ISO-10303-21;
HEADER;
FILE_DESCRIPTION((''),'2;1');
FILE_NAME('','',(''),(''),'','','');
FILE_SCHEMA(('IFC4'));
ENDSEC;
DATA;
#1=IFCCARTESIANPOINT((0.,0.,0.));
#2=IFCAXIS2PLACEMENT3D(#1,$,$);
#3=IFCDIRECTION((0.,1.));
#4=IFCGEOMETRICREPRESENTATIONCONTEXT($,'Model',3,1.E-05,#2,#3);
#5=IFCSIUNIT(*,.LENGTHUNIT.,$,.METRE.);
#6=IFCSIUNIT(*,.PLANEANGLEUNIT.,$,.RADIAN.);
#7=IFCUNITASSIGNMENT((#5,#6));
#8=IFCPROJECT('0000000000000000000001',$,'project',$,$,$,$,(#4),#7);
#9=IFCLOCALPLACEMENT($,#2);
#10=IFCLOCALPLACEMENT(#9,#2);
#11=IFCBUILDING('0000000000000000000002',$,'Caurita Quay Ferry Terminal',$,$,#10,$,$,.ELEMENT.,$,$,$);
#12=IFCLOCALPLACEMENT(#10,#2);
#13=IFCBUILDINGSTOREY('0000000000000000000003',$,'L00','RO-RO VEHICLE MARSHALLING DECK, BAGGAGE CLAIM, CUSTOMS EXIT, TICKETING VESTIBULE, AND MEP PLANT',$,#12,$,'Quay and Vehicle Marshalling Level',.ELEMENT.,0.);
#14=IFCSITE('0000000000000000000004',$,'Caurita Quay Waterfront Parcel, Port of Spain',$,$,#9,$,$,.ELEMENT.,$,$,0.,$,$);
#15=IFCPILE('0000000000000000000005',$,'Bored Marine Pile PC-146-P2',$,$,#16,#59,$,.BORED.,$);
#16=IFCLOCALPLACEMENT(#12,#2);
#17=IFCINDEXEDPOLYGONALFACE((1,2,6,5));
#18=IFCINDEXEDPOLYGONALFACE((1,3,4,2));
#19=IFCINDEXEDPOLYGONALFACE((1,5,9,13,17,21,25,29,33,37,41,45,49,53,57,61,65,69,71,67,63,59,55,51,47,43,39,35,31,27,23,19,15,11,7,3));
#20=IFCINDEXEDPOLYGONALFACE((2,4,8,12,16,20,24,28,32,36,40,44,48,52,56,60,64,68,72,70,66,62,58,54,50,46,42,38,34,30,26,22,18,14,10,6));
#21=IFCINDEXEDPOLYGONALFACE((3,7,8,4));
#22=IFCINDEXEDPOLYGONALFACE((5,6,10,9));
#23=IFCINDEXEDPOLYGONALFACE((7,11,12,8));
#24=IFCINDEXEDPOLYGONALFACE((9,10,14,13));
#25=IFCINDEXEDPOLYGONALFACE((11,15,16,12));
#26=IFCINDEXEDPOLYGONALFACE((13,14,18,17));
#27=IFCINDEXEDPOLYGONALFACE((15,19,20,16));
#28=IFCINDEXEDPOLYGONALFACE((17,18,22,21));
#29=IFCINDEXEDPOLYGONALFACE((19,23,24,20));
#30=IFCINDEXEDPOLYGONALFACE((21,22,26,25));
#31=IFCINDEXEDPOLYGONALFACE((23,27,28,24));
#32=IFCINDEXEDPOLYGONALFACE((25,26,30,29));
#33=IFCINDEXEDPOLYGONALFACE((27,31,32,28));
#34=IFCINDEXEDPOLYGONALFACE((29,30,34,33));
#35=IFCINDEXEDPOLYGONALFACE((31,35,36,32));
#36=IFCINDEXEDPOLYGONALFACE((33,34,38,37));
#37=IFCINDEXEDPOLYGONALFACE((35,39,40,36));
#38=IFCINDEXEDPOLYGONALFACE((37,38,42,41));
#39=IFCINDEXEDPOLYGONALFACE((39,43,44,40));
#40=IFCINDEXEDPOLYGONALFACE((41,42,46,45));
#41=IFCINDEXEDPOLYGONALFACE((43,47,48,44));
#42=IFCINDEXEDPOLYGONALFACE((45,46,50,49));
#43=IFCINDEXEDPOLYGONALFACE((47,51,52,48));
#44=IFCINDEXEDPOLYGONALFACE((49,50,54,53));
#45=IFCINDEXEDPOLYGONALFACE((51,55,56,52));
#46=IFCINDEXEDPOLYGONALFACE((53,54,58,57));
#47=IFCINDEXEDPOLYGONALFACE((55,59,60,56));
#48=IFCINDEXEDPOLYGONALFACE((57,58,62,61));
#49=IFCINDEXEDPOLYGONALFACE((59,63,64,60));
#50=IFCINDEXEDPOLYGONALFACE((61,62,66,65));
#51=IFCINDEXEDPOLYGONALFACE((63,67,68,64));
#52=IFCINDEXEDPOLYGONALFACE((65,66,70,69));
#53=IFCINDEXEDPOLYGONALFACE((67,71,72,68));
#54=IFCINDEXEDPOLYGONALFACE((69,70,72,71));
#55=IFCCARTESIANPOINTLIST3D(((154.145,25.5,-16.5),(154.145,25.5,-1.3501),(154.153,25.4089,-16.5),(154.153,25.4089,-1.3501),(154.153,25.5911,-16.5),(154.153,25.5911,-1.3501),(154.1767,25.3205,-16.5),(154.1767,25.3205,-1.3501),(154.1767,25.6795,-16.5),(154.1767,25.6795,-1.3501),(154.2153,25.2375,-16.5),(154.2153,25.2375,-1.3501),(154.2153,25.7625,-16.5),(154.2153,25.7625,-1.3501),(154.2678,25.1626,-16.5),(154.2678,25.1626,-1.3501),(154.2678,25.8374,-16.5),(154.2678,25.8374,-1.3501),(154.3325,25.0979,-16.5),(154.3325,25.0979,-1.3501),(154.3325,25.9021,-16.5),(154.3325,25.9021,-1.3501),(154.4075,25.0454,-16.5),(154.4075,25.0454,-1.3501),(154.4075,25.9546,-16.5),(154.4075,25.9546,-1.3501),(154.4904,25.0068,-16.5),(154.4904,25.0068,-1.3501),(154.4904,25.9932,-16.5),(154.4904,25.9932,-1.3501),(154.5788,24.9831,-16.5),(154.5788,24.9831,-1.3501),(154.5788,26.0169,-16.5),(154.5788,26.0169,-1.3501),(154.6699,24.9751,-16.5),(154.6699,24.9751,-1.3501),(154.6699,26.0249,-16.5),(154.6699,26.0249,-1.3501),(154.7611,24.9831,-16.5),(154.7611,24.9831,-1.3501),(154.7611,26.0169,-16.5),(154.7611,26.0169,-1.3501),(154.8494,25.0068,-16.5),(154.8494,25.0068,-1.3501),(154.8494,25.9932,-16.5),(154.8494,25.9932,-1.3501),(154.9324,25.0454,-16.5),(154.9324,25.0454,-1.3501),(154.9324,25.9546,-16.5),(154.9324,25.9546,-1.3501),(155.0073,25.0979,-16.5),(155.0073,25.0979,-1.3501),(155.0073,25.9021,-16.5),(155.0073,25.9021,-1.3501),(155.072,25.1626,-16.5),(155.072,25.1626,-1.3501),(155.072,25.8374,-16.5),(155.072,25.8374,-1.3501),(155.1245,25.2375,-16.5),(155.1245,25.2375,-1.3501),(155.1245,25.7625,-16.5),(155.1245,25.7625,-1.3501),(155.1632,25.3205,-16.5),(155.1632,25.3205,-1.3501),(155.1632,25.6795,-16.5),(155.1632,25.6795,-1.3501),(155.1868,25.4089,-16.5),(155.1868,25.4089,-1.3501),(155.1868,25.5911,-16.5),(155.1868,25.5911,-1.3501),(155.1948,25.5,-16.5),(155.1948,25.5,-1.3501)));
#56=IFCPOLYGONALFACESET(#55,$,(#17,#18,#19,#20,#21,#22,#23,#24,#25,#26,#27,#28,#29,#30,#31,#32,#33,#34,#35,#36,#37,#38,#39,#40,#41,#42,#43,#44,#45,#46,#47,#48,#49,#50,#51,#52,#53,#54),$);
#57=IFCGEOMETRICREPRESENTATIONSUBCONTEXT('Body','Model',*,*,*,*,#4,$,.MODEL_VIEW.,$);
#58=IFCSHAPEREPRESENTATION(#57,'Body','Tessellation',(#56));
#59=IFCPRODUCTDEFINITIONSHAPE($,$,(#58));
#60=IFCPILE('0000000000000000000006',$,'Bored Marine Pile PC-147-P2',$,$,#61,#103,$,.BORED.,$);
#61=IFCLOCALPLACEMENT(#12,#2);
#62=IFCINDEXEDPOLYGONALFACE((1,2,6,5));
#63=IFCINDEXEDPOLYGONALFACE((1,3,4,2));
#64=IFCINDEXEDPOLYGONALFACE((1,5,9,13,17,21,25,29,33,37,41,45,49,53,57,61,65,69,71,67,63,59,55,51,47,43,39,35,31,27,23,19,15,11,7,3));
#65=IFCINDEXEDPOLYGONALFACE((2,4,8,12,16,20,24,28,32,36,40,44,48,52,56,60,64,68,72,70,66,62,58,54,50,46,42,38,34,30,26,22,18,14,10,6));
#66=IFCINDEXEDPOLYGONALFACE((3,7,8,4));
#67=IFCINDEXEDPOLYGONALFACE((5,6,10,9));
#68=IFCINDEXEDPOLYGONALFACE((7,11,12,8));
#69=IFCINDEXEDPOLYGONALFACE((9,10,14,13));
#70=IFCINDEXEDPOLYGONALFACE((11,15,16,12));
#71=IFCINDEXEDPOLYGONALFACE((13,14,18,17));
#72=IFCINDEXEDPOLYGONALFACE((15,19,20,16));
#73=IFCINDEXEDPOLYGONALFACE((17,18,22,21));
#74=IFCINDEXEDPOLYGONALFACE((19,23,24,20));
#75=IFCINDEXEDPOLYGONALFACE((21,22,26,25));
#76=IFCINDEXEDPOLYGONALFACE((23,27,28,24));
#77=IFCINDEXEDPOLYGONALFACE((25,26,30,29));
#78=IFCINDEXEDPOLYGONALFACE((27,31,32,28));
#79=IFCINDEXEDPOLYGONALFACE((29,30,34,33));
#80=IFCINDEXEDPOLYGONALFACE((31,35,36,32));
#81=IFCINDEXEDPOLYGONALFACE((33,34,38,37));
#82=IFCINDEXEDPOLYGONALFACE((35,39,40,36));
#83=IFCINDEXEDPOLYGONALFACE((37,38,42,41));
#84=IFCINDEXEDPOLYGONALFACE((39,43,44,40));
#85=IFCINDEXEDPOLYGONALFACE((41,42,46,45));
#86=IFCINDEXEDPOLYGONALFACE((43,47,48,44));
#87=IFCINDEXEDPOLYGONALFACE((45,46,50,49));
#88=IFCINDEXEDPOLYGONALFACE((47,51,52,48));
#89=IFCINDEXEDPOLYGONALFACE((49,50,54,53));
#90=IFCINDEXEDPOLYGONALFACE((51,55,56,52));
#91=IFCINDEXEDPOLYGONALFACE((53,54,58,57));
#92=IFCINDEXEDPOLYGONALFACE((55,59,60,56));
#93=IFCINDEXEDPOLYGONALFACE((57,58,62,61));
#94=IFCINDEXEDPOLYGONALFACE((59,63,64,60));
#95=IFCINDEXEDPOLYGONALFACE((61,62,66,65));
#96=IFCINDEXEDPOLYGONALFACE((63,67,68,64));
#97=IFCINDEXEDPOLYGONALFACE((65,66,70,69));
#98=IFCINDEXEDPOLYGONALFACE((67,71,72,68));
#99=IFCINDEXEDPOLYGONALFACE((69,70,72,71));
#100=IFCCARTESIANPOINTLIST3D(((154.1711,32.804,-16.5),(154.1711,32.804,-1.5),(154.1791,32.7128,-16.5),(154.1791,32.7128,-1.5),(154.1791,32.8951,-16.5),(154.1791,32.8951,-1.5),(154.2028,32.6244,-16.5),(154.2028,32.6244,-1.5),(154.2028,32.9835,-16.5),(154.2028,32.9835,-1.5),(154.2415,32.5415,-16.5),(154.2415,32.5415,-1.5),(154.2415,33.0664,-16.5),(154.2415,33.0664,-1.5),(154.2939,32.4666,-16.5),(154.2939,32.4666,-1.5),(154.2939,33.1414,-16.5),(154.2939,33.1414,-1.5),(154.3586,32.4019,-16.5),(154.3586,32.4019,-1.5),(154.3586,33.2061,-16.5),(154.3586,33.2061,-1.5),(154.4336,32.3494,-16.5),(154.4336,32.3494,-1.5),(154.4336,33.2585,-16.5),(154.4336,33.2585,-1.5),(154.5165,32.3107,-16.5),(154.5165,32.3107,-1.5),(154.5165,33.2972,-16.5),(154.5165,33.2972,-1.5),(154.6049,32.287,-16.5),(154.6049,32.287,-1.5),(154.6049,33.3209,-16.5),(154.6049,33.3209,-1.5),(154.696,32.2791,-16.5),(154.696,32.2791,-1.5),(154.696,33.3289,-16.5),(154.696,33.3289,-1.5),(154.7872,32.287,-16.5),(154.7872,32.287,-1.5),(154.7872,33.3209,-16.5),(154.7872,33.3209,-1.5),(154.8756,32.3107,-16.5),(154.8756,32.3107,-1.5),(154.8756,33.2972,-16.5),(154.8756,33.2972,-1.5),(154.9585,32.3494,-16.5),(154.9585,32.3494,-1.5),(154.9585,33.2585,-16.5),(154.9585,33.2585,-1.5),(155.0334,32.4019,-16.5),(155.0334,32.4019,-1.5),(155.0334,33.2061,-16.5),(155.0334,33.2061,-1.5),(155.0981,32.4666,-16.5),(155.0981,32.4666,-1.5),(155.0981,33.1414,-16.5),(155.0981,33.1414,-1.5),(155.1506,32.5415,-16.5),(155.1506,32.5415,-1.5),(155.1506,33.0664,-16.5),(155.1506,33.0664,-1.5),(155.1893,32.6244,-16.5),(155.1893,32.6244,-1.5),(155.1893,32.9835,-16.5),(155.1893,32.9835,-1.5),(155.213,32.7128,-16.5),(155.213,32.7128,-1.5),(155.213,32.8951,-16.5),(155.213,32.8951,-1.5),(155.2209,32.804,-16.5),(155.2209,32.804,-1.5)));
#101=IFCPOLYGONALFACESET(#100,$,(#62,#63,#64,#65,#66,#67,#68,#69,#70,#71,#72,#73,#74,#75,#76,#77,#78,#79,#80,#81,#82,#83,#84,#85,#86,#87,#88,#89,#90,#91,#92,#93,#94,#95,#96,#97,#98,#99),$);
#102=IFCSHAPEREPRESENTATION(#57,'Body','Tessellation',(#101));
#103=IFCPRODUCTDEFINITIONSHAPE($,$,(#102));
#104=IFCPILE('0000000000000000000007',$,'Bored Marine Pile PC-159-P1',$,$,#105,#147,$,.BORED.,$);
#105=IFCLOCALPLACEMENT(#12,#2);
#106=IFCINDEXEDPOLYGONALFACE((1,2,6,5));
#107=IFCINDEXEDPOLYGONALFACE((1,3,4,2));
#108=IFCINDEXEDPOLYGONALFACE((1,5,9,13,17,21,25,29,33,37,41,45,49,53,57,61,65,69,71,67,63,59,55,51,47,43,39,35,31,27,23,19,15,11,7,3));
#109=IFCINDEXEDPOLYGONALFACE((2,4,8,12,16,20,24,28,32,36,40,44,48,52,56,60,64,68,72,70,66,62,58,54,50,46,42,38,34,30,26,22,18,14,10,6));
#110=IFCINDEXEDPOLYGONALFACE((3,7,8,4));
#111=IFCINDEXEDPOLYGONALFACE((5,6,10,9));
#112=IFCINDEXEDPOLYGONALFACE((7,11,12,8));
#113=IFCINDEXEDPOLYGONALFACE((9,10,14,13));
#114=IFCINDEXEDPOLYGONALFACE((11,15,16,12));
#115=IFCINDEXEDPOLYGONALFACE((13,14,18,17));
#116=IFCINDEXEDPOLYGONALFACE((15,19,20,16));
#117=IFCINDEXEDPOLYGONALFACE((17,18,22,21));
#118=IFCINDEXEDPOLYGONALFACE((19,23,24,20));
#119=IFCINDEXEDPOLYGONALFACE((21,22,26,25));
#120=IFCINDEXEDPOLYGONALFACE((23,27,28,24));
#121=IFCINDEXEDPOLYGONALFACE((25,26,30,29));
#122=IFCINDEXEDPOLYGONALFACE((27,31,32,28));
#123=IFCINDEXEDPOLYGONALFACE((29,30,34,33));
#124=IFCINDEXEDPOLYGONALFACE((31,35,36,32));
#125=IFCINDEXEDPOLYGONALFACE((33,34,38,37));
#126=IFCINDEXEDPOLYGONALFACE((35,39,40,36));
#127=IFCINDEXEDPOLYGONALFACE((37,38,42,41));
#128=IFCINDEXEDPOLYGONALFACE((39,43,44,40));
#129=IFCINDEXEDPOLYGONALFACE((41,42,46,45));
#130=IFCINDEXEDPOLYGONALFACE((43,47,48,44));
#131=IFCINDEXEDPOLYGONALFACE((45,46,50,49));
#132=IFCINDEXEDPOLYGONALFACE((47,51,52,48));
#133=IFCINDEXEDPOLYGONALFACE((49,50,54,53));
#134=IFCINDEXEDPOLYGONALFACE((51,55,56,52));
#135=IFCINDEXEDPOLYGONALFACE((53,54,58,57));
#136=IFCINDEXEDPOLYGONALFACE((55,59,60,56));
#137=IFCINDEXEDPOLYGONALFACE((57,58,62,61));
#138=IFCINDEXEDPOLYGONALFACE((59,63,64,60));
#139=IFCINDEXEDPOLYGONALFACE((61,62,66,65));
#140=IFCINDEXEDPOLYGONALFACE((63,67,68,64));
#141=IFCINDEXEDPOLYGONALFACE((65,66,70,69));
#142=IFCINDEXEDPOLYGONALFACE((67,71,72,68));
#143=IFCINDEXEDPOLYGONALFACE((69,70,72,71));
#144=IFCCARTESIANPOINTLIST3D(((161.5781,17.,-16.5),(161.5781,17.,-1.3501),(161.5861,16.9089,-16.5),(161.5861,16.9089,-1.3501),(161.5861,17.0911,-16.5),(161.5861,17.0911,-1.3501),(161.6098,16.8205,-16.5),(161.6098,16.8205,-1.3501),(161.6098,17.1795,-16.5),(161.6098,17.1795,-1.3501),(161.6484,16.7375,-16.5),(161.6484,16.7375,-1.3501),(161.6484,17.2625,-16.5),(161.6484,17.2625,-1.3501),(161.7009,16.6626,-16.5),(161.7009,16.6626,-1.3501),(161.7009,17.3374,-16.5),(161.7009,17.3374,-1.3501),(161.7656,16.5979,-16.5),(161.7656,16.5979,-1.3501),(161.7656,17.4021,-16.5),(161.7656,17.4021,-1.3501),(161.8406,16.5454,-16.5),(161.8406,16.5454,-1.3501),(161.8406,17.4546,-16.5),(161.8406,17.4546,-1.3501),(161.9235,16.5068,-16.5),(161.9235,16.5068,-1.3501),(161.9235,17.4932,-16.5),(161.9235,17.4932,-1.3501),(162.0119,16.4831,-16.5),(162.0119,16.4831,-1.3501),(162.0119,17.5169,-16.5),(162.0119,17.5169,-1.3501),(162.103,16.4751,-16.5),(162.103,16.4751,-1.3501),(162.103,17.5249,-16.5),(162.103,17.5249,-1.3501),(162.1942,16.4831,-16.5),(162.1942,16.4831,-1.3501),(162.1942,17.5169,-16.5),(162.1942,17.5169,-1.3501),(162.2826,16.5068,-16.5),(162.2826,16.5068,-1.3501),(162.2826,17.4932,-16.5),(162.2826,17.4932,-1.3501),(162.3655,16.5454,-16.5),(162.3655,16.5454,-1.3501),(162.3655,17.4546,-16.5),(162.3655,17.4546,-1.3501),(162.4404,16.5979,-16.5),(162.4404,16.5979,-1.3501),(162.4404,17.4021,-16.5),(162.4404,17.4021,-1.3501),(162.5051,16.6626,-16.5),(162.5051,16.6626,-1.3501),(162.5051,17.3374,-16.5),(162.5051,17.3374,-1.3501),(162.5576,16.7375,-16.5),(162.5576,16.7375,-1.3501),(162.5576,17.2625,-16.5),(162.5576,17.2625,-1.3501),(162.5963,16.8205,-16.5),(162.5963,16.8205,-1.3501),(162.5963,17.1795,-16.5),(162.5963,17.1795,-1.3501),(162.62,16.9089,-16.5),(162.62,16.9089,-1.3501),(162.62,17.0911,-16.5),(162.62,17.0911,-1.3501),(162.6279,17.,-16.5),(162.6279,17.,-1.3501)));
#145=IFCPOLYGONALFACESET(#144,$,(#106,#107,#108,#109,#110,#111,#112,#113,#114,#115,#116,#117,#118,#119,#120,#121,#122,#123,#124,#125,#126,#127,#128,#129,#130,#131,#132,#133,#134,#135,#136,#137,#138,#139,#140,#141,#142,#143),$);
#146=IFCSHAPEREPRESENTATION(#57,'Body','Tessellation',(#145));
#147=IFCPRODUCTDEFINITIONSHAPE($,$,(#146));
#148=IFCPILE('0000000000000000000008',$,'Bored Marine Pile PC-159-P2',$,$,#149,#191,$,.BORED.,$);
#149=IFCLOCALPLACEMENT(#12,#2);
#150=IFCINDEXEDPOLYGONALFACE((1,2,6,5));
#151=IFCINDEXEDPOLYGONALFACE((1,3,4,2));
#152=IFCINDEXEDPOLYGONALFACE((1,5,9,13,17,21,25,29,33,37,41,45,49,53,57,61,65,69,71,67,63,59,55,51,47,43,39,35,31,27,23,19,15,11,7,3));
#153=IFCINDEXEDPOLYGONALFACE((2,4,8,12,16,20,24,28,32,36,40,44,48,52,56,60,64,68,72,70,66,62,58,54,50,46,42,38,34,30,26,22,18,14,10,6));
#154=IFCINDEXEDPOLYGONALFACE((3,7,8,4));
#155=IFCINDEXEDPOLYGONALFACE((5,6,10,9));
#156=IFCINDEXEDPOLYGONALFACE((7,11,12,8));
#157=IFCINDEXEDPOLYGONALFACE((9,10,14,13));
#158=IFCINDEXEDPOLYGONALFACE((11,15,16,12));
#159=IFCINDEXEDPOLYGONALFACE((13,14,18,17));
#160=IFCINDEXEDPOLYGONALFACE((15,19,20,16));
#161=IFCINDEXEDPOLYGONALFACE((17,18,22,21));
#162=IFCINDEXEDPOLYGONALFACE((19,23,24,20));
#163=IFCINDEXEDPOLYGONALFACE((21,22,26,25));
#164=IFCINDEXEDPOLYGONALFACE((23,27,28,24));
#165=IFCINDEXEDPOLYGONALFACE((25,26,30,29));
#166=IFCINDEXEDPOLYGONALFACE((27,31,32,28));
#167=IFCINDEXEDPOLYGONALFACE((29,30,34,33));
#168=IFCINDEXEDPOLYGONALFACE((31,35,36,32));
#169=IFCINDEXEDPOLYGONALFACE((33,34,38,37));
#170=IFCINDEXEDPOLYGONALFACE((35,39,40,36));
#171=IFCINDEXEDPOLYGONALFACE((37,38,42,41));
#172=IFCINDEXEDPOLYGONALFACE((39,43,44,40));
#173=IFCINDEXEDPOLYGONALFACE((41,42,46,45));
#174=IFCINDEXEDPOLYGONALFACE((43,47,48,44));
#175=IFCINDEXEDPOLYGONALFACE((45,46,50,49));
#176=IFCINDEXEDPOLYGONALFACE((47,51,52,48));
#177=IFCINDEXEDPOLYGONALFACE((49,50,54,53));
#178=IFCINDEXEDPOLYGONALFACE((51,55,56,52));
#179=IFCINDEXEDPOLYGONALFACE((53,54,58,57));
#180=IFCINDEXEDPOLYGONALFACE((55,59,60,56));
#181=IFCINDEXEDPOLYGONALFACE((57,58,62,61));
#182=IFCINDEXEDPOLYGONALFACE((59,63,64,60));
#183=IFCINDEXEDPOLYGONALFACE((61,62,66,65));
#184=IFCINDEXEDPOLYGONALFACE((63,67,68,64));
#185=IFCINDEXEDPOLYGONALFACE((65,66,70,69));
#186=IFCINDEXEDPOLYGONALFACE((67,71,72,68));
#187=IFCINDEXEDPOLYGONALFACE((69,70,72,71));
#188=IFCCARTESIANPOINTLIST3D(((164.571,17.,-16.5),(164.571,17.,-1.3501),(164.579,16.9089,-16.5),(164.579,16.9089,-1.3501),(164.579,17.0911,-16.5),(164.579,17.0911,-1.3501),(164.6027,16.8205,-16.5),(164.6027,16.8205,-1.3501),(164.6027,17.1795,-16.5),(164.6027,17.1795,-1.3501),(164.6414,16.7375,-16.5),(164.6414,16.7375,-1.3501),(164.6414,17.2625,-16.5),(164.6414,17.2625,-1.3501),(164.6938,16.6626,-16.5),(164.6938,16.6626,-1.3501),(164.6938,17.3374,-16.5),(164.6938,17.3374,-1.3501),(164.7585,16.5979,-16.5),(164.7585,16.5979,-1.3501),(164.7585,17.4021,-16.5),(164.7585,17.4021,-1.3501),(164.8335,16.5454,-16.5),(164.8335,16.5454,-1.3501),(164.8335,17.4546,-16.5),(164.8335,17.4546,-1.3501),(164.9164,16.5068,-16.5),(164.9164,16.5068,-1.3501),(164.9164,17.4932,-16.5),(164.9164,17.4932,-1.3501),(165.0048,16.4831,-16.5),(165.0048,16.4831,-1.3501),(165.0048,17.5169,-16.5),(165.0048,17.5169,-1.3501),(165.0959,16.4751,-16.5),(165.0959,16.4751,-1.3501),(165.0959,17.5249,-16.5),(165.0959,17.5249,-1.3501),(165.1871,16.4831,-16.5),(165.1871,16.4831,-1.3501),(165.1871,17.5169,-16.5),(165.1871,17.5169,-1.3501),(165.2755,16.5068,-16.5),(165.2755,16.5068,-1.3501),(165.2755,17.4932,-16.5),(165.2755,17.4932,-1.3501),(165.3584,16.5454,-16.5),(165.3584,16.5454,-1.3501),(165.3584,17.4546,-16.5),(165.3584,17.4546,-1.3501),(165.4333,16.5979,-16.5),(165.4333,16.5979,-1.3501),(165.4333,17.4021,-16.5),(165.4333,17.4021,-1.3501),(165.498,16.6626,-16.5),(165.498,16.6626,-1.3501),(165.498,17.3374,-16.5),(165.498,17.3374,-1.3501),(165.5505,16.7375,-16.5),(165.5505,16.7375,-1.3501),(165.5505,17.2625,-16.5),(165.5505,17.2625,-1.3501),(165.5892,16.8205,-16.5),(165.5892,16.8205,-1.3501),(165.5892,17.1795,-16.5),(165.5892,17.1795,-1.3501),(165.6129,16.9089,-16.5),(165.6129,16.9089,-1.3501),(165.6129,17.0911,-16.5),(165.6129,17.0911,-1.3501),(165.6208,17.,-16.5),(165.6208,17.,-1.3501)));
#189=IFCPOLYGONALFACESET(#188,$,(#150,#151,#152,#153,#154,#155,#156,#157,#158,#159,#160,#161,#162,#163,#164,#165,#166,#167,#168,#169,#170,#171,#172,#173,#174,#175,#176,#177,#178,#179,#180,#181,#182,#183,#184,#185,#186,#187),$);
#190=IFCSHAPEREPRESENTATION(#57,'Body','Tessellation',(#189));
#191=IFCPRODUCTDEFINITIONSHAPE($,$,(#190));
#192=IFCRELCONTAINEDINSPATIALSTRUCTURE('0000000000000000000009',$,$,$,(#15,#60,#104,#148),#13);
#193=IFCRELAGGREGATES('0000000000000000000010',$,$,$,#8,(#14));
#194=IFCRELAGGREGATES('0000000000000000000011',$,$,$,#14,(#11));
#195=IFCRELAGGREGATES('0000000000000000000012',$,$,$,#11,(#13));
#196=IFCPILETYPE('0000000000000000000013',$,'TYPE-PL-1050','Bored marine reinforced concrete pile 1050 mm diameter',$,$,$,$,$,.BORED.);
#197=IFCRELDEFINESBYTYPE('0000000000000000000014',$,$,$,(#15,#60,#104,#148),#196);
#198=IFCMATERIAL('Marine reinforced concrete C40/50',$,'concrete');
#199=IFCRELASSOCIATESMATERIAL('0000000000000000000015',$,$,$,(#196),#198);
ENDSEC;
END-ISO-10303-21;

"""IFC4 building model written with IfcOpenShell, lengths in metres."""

from ifc_helpers import new_model, si_unit, direction, frame, origin, origin_2d, place, context, subcontext, project, spatial, circle, extrude, material, material_profile, profile_set, type_object, element, save


model = new_model("IFC4")

# Units and contexts
model_context = context("Model", 3, precision=1e-05, world=origin(), true_north=direction((0.0, 1.0)))
body_context = subcontext(model_context, "Body", "Model", "MODEL_VIEW")
ifc_project = project(units=[si_unit("LENGTHUNIT", "METRE"), si_unit("PLANEANGLEUNIT", "RADIAN")], contexts=[model_context])

# Site, building, storey
site_placement = place(None, origin())
site = spatial("IfcSite", under=ifc_project, at=site_placement, Name="Caurita Quay Waterfront Parcel, Port of Spain", CompositionType="ELEMENT", RefElevation=0.0)
building_placement = place(site_placement, origin())
building = spatial("IfcBuilding", under=site, at=building_placement, Name="Caurita Quay Ferry Terminal", CompositionType="ELEMENT")
storey_placement = place(building_placement, origin())
storey = spatial("IfcBuildingStorey", under=building, at=storey_placement, Name="L00", Description="RO-RO VEHICLE MARSHALLING DECK, BAGGAGE CLAIM, CUSTOMS EXIT, TICKETING VESTIBULE, AND MEP PLANT", LongName="Quay and Vehicle Marshalling Level", CompositionType="ELEMENT", Elevation=0.0)

# Piles
ifc_material_1 = material(Name="Marine reinforced concrete C40/50", Category="concrete")
ifc_material_profile_1 = material_profile(ifc_material_1, circle(Radius=0.5249, at=origin_2d()), Name="PILE-D1050")
ifc_profile_set_1 = profile_set([ifc_material_profile_1], Name="Marine reinforced concrete C40/50")
pile_type = type_object("IfcPileType", Name="TYPE-PL-1050", Description="Bored marine reinforced concrete pile 1050 mm diameter", PredefinedType="BORED", material=ifc_profile_set_1)
pile_1_placement = place(storey_placement, frame((154.6699, 25.5, -1.3501), z_axis=(0.0, 0.0, -1.0), x_axis=(1.0, 0.0, 0.0)))
element("IfcPile", 1, at=pile_1_placement, inside=storey, type_object=pile_type, Name="Bored Marine Pile PC-146-P2", PredefinedType="BORED", context=body_context, shape_type="SweptSolid", body=[
    extrude(circle(Radius=0.5249, at=origin_2d()), origin(), (0.0, 0.0, 1.0), 15.1499),
])
pile_2_placement = place(storey_placement, frame((154.696, 32.804, -1.5), z_axis=(0.0, 0.0, -1.0), x_axis=(1.0, 0.0, 0.0)))
element("IfcPile", 2, at=pile_2_placement, inside=storey, type_object=pile_type, Name="Bored Marine Pile PC-147-P2", PredefinedType="BORED", context=body_context, shape_type="SweptSolid", body=[
    extrude(circle(Radius=0.5249, at=origin_2d()), origin(), (0.0, 0.0, 1.0), 15.0),
])
for number, where, z_axis, x_axis, name in (
    (3, (162.103, 17.0, -1.3501), (0.0, 0.0, -1.0), (1.0, 0.0, 0.0), "Bored Marine Pile PC-159-P1"),
    (4, (165.0959, 17.0, -1.3501), (0.0, 0.0, -1.0), (1.0, 0.0, 0.0), "Bored Marine Pile PC-159-P2"),
):
    element("IfcPile", number, at=place(storey_placement, frame(where, z_axis=z_axis, x_axis=x_axis)), inside=storey, type_object=pile_type, Name=name, PredefinedType="BORED", context=body_context, shape_type="SweptSolid", body=[
        extrude(circle(Radius=0.5249, at=origin_2d()), origin(), (0.0, 0.0, 1.0), 15.1499),
    ])

save(model, "model.ifc")
